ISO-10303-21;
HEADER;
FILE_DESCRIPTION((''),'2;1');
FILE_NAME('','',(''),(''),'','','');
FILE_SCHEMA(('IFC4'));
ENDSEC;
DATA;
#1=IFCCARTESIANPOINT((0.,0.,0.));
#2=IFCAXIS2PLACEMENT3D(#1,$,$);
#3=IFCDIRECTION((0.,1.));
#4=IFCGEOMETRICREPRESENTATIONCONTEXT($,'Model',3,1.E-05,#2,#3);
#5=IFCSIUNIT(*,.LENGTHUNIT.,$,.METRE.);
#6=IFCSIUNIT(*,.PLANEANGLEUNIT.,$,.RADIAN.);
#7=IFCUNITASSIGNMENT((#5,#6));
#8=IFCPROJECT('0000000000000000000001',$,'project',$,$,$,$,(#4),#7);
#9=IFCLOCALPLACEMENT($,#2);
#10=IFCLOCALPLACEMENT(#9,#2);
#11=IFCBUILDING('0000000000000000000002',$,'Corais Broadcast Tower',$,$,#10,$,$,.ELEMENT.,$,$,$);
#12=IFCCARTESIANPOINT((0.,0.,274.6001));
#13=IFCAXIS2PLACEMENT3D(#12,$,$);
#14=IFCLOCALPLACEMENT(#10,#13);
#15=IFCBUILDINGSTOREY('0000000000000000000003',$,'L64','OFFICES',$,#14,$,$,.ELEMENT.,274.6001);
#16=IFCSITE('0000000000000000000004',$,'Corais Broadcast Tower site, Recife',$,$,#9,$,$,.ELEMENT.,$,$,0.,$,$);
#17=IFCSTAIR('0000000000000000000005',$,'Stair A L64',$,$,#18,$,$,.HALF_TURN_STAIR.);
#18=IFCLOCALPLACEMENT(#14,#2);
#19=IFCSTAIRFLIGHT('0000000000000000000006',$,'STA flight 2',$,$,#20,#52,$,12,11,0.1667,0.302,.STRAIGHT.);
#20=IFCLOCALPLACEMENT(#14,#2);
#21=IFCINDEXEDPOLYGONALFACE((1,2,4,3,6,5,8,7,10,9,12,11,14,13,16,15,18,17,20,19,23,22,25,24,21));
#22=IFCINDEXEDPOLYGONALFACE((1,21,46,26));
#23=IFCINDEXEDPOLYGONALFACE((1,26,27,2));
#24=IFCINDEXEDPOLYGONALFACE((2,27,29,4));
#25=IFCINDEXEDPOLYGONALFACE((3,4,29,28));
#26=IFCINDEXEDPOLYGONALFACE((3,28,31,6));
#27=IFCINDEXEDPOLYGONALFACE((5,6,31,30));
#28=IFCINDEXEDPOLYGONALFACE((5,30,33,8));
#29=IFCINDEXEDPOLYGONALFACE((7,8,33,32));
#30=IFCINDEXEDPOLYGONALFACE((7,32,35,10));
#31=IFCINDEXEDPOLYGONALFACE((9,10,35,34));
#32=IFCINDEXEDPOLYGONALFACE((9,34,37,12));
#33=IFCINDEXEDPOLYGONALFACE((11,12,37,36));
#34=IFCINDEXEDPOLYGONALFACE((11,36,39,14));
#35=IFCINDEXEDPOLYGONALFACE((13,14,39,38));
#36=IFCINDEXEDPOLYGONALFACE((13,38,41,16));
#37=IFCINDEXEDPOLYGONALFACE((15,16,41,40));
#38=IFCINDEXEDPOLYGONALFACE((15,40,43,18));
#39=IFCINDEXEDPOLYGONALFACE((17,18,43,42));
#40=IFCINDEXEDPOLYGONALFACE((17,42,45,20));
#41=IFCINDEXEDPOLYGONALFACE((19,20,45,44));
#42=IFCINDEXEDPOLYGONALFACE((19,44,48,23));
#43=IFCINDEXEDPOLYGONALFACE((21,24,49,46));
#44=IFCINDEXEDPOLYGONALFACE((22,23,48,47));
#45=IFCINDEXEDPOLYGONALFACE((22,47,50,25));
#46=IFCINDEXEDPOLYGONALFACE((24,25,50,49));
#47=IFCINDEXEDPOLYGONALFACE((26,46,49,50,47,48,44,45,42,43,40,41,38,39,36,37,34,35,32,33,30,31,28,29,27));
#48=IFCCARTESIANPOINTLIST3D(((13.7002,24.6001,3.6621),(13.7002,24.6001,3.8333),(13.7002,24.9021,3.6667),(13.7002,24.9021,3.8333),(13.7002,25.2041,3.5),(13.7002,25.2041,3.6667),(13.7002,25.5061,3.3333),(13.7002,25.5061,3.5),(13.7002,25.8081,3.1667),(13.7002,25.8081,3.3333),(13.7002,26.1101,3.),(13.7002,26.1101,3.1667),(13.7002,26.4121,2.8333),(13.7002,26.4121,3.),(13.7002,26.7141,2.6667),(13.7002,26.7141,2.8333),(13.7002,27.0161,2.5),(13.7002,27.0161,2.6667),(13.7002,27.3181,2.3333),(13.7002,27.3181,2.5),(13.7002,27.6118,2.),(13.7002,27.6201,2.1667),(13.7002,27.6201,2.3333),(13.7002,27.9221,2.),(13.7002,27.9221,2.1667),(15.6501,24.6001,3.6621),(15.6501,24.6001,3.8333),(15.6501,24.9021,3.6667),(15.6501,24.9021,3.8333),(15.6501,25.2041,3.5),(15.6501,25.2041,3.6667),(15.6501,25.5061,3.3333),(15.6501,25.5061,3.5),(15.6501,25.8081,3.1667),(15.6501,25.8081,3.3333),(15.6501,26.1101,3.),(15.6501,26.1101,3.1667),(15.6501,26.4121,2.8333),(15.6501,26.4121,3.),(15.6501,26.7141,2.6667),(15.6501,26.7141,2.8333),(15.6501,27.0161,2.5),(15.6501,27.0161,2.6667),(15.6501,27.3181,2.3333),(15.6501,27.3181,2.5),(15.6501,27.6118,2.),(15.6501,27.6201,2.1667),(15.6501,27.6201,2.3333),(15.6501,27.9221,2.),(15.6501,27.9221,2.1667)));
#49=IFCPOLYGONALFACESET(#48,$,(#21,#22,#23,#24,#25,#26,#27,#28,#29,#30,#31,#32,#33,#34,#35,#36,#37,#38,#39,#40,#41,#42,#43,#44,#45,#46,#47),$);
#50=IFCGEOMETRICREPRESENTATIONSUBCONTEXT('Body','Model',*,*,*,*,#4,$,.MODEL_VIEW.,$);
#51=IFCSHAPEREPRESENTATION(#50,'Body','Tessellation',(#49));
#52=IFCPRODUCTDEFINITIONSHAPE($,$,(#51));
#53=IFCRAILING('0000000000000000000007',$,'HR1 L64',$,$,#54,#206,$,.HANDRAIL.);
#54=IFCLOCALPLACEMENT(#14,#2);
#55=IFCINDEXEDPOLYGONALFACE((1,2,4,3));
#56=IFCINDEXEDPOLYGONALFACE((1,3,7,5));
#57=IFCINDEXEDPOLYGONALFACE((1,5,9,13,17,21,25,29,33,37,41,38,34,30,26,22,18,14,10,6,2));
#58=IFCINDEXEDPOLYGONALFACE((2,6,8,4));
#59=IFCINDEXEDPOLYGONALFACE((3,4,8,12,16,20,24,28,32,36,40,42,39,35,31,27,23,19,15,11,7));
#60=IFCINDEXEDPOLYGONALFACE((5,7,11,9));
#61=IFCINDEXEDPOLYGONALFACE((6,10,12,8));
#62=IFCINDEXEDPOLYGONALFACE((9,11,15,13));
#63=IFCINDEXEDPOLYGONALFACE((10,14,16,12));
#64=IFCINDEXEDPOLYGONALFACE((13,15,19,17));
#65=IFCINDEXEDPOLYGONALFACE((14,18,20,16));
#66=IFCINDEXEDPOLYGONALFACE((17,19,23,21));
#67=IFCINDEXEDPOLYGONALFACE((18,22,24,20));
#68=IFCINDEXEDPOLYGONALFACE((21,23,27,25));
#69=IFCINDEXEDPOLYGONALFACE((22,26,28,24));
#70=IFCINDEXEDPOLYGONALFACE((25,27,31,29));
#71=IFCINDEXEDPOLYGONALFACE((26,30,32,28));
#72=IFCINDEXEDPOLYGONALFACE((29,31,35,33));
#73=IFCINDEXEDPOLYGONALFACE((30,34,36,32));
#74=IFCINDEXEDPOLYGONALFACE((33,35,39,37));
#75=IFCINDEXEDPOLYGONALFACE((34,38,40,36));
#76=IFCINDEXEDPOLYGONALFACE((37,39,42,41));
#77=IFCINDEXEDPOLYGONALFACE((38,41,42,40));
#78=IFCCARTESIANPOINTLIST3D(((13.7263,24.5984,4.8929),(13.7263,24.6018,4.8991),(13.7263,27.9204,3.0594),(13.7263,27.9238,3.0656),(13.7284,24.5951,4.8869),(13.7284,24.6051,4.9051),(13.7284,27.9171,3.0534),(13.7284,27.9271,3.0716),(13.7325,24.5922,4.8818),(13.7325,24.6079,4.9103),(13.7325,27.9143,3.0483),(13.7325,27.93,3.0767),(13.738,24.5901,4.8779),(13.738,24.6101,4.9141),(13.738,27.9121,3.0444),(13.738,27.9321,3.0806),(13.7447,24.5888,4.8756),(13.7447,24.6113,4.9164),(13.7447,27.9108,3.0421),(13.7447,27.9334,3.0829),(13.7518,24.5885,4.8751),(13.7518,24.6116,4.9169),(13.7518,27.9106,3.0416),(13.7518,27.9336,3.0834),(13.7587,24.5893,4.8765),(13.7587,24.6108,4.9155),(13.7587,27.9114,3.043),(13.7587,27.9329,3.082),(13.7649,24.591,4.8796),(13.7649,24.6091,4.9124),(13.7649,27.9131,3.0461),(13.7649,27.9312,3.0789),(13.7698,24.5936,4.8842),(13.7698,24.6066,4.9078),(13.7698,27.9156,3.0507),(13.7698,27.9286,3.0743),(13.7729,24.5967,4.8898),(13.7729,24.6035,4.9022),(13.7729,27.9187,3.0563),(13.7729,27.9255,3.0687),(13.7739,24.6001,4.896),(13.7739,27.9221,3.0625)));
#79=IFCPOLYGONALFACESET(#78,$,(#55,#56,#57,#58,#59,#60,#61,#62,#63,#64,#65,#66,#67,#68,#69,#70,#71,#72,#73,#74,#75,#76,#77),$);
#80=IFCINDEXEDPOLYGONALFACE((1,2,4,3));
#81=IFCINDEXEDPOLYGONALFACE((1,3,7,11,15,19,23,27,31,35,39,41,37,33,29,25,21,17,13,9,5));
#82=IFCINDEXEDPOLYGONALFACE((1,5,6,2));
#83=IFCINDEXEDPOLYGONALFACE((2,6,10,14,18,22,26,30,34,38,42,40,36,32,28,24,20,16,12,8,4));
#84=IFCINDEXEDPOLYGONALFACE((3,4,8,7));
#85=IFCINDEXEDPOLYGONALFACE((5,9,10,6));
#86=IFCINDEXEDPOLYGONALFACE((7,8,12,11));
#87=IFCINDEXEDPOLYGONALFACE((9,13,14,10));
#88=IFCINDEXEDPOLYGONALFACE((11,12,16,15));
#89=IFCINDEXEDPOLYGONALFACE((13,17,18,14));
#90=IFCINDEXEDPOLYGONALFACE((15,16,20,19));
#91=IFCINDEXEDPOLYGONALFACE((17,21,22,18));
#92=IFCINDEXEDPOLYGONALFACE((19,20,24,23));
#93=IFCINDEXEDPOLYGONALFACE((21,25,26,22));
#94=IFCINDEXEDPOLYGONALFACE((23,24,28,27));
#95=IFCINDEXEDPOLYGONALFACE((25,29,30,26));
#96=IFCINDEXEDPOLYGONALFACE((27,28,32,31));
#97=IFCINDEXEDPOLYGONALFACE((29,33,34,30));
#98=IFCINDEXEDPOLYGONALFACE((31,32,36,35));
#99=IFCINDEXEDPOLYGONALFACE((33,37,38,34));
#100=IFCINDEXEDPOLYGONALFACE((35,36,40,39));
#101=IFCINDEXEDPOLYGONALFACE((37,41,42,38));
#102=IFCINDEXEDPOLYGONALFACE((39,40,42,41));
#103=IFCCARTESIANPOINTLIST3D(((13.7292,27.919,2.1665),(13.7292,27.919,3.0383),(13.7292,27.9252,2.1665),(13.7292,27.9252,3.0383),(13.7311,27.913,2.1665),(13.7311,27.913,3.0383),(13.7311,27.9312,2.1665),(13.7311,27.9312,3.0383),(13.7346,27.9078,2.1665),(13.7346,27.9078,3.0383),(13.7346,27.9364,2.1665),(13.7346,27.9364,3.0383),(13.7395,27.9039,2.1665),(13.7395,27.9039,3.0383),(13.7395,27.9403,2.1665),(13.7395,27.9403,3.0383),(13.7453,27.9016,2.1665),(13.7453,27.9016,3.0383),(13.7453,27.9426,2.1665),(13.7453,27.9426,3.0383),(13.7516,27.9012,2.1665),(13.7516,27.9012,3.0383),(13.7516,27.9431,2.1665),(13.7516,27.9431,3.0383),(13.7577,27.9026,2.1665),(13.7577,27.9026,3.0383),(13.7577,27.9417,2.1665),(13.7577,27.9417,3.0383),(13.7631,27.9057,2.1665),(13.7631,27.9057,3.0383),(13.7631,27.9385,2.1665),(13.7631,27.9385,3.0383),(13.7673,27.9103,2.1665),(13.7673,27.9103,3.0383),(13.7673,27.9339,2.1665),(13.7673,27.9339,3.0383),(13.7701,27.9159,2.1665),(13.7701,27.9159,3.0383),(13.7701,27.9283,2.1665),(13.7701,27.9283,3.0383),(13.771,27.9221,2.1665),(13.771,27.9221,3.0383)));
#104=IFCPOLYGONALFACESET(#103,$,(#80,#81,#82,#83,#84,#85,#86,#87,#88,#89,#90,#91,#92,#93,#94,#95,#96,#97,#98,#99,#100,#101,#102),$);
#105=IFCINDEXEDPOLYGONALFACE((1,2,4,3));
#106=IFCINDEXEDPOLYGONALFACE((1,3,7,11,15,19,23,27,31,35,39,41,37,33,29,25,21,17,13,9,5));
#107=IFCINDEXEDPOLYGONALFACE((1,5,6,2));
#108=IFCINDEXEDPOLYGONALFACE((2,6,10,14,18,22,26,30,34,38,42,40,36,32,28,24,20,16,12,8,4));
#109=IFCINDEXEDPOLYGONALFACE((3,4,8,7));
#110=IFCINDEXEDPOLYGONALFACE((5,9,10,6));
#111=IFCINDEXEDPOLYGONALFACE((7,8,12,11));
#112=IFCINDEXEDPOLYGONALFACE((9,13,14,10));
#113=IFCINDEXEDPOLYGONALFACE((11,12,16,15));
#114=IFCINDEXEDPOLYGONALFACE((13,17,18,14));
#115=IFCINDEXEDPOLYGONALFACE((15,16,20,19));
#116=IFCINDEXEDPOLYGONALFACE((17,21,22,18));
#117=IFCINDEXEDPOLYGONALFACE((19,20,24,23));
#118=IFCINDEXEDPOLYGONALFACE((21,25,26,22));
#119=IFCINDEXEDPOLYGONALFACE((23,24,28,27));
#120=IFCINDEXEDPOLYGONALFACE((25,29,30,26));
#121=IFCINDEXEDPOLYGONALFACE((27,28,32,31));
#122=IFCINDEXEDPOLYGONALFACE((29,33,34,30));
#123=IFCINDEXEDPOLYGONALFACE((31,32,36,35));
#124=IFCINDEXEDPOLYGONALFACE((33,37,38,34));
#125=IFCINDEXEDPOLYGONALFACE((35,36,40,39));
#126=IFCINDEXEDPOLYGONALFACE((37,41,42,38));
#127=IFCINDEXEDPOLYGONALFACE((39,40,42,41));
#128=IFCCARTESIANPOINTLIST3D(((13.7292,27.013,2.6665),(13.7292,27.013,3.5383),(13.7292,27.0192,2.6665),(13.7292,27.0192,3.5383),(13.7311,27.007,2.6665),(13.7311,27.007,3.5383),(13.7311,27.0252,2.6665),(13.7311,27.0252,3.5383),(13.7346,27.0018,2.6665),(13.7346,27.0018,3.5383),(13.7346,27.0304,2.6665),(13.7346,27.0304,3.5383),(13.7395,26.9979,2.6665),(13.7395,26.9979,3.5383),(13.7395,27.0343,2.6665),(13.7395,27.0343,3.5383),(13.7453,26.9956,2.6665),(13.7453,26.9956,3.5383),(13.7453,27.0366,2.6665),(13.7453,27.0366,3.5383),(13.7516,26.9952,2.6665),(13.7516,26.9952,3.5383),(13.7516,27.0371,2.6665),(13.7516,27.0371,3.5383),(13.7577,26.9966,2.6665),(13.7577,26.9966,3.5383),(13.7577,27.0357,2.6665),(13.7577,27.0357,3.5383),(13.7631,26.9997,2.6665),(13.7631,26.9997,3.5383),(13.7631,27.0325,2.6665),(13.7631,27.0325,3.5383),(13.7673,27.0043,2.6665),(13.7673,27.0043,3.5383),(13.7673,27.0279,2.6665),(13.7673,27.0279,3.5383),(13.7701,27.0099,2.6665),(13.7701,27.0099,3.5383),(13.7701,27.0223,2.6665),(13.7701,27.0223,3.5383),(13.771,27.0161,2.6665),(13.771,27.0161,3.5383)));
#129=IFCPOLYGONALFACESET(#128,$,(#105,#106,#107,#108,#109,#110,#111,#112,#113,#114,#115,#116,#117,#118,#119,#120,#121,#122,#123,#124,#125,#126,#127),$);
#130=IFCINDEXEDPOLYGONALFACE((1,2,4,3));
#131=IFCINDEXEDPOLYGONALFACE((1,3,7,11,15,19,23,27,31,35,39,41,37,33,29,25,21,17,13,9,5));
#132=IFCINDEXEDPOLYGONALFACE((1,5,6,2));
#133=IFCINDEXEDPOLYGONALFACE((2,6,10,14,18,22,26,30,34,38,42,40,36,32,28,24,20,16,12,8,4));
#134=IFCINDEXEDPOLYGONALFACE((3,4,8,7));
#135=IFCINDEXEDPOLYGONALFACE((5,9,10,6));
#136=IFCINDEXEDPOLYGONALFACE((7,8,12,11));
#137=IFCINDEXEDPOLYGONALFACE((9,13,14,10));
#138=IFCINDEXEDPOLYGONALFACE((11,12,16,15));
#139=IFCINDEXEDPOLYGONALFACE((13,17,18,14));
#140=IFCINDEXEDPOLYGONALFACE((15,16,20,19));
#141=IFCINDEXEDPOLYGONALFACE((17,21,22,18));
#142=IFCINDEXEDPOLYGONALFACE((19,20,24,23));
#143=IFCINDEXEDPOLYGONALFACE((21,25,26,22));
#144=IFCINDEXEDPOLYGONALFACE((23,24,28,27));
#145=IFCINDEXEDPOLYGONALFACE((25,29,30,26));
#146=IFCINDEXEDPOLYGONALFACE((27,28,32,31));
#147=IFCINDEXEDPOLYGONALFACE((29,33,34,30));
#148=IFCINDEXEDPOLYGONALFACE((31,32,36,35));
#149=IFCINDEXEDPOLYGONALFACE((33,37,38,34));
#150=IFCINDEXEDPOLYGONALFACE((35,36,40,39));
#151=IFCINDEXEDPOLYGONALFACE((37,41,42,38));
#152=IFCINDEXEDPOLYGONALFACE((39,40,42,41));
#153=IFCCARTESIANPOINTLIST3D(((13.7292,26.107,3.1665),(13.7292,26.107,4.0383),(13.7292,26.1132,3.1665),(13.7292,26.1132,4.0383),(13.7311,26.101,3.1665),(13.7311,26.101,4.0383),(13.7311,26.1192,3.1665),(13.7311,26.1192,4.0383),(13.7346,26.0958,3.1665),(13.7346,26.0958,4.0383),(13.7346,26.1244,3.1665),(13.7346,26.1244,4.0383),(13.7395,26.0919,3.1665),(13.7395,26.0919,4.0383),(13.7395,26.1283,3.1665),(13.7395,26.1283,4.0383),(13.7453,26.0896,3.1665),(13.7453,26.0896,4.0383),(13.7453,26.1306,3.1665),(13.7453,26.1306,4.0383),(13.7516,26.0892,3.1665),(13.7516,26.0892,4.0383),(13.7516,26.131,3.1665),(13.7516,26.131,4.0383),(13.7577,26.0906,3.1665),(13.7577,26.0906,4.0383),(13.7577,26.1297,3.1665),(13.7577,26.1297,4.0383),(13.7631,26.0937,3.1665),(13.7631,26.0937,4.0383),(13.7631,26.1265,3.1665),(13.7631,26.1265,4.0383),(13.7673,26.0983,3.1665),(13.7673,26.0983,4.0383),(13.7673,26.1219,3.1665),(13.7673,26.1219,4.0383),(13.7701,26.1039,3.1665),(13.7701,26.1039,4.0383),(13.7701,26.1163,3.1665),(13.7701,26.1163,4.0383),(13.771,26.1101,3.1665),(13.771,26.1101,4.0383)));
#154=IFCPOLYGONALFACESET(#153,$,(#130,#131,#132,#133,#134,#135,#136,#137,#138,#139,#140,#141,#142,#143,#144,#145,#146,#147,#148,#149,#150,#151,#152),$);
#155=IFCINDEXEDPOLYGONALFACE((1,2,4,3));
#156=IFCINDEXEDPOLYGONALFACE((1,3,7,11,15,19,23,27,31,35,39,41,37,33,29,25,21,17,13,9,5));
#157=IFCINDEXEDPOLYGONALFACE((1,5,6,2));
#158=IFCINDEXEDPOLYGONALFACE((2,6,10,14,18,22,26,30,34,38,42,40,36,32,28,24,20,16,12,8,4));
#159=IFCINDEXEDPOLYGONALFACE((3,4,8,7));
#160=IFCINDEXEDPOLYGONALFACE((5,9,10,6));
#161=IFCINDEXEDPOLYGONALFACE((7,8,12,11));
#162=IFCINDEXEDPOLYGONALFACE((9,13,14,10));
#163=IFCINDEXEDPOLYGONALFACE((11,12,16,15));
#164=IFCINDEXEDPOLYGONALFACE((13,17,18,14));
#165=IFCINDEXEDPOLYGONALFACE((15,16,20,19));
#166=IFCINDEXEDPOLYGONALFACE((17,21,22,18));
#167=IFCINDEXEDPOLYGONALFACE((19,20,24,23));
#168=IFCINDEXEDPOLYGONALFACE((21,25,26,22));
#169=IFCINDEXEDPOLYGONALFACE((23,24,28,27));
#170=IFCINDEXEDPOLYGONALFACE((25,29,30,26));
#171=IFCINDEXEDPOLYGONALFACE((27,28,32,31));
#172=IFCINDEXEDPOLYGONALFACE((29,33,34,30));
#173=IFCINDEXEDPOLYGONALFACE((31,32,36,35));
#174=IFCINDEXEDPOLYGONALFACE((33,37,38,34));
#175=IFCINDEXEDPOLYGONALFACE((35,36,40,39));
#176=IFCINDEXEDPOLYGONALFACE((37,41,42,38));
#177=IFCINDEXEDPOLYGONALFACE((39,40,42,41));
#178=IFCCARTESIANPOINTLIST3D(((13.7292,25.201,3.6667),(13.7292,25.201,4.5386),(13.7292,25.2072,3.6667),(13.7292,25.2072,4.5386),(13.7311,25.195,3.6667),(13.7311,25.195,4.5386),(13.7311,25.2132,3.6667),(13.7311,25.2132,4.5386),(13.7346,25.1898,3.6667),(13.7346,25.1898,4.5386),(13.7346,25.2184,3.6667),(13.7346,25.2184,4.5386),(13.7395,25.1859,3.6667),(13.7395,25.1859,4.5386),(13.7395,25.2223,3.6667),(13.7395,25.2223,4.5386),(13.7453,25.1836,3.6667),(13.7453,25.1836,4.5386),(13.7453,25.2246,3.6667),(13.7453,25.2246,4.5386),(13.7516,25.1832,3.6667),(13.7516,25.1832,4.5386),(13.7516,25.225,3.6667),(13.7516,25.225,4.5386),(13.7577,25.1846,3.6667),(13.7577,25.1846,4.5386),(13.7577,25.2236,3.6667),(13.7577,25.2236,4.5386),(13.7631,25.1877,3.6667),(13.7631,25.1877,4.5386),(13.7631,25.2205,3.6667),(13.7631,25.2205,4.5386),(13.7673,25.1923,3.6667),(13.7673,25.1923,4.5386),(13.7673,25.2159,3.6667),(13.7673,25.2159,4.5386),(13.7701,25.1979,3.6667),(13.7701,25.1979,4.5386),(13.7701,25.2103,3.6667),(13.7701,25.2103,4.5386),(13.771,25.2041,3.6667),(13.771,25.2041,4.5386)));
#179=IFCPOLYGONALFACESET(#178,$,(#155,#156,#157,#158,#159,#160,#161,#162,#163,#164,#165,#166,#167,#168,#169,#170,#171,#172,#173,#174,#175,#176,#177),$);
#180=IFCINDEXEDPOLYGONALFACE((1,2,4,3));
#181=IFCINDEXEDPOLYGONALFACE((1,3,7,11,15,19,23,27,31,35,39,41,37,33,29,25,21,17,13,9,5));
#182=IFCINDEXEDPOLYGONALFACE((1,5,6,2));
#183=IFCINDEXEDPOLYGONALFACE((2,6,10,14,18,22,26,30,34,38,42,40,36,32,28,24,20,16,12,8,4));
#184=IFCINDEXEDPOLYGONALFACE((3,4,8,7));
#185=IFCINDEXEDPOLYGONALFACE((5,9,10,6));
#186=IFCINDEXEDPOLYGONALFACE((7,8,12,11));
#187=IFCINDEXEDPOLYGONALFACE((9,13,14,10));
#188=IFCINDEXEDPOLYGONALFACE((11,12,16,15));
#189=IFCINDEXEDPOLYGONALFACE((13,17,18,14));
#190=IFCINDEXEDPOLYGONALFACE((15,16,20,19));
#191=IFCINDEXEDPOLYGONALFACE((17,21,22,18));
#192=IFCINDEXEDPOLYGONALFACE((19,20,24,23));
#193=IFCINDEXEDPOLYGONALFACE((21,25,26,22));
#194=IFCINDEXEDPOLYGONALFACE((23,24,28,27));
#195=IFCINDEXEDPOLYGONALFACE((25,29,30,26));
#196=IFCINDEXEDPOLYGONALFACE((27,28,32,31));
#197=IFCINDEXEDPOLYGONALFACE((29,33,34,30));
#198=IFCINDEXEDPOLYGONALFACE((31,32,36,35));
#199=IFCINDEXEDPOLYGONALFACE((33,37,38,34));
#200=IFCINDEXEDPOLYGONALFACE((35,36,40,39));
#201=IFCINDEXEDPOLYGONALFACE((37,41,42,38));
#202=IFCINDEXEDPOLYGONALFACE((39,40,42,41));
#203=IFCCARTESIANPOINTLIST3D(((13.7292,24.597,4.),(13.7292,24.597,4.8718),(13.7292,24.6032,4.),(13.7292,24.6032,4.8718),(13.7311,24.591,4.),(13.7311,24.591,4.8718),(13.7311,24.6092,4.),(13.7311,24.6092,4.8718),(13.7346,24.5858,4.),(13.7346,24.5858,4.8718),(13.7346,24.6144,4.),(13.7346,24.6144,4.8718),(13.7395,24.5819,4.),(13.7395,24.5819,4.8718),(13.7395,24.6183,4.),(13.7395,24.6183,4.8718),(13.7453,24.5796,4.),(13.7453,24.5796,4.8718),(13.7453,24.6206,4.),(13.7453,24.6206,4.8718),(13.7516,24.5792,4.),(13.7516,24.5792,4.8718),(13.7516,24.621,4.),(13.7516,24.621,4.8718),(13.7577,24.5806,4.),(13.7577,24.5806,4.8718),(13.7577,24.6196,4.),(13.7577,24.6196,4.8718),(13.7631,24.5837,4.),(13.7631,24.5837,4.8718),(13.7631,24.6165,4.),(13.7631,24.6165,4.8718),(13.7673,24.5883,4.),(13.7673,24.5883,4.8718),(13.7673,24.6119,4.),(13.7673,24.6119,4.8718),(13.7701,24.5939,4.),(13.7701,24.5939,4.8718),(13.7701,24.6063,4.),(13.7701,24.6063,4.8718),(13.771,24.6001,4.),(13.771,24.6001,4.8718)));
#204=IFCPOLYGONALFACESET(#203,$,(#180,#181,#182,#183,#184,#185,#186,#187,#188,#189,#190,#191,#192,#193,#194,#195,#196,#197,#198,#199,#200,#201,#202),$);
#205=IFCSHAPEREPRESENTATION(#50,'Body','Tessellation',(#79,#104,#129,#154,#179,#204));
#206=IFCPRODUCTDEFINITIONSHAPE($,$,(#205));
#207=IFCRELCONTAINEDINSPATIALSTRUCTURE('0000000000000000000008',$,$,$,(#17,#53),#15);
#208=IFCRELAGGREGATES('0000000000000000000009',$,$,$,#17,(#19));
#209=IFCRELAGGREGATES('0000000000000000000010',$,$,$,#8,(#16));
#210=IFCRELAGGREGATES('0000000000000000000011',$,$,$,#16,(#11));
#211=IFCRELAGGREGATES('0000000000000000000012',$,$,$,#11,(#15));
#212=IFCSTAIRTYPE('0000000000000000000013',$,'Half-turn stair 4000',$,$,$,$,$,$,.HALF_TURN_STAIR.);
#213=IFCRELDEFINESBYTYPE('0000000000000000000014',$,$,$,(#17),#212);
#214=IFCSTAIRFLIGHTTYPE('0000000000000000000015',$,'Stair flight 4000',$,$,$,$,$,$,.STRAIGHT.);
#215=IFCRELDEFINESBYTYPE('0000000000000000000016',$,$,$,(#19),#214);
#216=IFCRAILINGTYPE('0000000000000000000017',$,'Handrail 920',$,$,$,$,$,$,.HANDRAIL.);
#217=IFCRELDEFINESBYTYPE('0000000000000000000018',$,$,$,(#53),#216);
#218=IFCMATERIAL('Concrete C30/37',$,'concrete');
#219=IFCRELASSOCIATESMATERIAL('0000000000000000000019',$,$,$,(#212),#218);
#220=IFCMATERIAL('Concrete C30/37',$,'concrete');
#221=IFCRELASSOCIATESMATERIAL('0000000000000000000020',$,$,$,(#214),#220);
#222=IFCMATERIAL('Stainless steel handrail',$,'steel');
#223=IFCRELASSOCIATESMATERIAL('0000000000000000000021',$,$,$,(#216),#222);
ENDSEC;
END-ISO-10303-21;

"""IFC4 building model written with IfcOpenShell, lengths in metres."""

from ifc_helpers import new_model, si_unit, direction, frame, origin, origin_2d, place, context, subcontext, project, spatial, polyline, circle, outline, extrude, material, type_object, element, aggregate, save


model = new_model("IFC4")

# Units and contexts
model_context = context("Model", 3, precision=1e-05, world=origin(), true_north=direction((0.0, 1.0)))
body_context = subcontext(model_context, "Body", "Model", "MODEL_VIEW")
ifc_project = project(units=[si_unit("LENGTHUNIT", "METRE"), si_unit("PLANEANGLEUNIT", "RADIAN")], contexts=[model_context])

# Site, building, storey
site_placement = place(None, origin())
site = spatial("IfcSite", under=ifc_project, at=site_placement, Name="Corais Broadcast Tower site, Recife", CompositionType="ELEMENT", RefElevation=0.0)
building_placement = place(site_placement, origin())
building = spatial("IfcBuilding", under=site, at=building_placement, Name="Corais Broadcast Tower", CompositionType="ELEMENT")
storey_placement = place(building_placement, frame((0.0, 0.0, 274.6001)))
storey = spatial("IfcBuildingStorey", under=building, at=storey_placement, Name="L64", Description="OFFICES", CompositionType="ELEMENT", Elevation=274.6001)

# Stair, stair flight
ifc_material_1 = material(Name="Concrete C30/37", Category="concrete")
stair_type = type_object("IfcStairType", Name="Half-turn stair 4000", PredefinedType="HALF_TURN_STAIR", material=ifc_material_1)
stair_placement = place(storey_placement, origin())
stair = element("IfcStair", 1, at=stair_placement, inside=storey, type_object=stair_type, Name="Stair A L64", PredefinedType="HALF_TURN_STAIR")
ifc_material_2 = material(Name="Concrete C30/37", Category="concrete")
stair_flight_type = type_object("IfcStairFlightType", Name="Stair flight 4000", PredefinedType="STRAIGHT", material=ifc_material_2)
stair_flight_placement = place(storey_placement, frame((14.675, 27.9221, 2.0), z_axis=(0.0, 0.0, 1.0), x_axis=(0.0, -1.0, 0.0)))
stair_flight = element("IfcStairFlight", 2, at=stair_flight_placement, type_object=stair_flight_type, Name="STA flight 2", NumberOfRisers=12, NumberOfTreads=11, PredefinedType="STRAIGHT", RiserHeight=0.1667, TreadLength=0.302, context=body_context, shape_type="SweptSolid", body=[
    extrude(outline(polyline([(0.0, 0.0), (0.0, 0.1667), (0.302, 0.1667), (0.302, 0.3333), (0.604, 0.3333), (0.604, 0.5), (0.906, 0.5), (0.906, 0.6667), (1.208, 0.6667), (1.208, 0.8333), (1.51, 0.8333), (1.51, 1.0), (1.812, 1.0), (1.812, 1.1667), (2.114, 1.1667), (2.114, 1.3333), (2.416, 1.3333), (2.416, 1.5), (2.718, 1.5), (2.718, 1.6667), (3.02, 1.6667), (3.02, 1.8333), (3.322, 1.8333), (3.322, 2.0), (3.322, 1.6621), (0.3103, 0.0), (0.0, 0.0)])), frame((0.0, 0.9751, 0.0), z_axis=(0.0, -1.0, 0.0), x_axis=(1.0, 0.0, 0.0)), (0.0, 0.0, 1.0), 1.95),
])
aggregate(stair, [stair_flight])

# Railing
ifc_material_3 = material(Name="Stainless steel handrail", Category="steel")
railing_type = type_object("IfcRailingType", Name="Handrail 920", PredefinedType="HANDRAIL", material=ifc_material_3)
for number, where, name in (
    (3, (13.75, 27.9221, 2.1665), "HR1 L64"),
):
    element("IfcRailing", number, at=place(storey_placement, frame(where)), inside=storey, type_object=railing_type, Name=name, PredefinedType="HANDRAIL", context=body_context, shape_type="SweptSolid", body=[
        extrude(circle(Radius=0.0239, at=origin_2d()), frame((0.0, 0.0, 0.896), z_axis=(0.0, -0.875504, 0.48321), x_axis=(1.0, 0.0, 0.0)), (0.0, 0.0, 1.0), 3.7944),
        extrude(circle(Radius=0.021, at=origin_2d()), origin(), (0.0, 0.0, 1.0), 0.8718),
        extrude(circle(Radius=0.021, at=origin_2d()), frame((0.0, -0.906, 0.5)), (0.0, 0.0, 1.0), 0.8718),
        extrude(circle(Radius=0.021, at=origin_2d()), frame((0.0, -1.812, 1.0)), (0.0, 0.0, 1.0), 0.8718),
        extrude(circle(Radius=0.021, at=origin_2d()), frame((0.0, -2.718, 1.5002)), (0.0, 0.0, 1.0), 0.8718),
        extrude(circle(Radius=0.021, at=origin_2d()), frame((0.0, -3.322, 1.8335)), (0.0, 0.0, 1.0), 0.8718),
    ])

save(model, "model.ifc")
